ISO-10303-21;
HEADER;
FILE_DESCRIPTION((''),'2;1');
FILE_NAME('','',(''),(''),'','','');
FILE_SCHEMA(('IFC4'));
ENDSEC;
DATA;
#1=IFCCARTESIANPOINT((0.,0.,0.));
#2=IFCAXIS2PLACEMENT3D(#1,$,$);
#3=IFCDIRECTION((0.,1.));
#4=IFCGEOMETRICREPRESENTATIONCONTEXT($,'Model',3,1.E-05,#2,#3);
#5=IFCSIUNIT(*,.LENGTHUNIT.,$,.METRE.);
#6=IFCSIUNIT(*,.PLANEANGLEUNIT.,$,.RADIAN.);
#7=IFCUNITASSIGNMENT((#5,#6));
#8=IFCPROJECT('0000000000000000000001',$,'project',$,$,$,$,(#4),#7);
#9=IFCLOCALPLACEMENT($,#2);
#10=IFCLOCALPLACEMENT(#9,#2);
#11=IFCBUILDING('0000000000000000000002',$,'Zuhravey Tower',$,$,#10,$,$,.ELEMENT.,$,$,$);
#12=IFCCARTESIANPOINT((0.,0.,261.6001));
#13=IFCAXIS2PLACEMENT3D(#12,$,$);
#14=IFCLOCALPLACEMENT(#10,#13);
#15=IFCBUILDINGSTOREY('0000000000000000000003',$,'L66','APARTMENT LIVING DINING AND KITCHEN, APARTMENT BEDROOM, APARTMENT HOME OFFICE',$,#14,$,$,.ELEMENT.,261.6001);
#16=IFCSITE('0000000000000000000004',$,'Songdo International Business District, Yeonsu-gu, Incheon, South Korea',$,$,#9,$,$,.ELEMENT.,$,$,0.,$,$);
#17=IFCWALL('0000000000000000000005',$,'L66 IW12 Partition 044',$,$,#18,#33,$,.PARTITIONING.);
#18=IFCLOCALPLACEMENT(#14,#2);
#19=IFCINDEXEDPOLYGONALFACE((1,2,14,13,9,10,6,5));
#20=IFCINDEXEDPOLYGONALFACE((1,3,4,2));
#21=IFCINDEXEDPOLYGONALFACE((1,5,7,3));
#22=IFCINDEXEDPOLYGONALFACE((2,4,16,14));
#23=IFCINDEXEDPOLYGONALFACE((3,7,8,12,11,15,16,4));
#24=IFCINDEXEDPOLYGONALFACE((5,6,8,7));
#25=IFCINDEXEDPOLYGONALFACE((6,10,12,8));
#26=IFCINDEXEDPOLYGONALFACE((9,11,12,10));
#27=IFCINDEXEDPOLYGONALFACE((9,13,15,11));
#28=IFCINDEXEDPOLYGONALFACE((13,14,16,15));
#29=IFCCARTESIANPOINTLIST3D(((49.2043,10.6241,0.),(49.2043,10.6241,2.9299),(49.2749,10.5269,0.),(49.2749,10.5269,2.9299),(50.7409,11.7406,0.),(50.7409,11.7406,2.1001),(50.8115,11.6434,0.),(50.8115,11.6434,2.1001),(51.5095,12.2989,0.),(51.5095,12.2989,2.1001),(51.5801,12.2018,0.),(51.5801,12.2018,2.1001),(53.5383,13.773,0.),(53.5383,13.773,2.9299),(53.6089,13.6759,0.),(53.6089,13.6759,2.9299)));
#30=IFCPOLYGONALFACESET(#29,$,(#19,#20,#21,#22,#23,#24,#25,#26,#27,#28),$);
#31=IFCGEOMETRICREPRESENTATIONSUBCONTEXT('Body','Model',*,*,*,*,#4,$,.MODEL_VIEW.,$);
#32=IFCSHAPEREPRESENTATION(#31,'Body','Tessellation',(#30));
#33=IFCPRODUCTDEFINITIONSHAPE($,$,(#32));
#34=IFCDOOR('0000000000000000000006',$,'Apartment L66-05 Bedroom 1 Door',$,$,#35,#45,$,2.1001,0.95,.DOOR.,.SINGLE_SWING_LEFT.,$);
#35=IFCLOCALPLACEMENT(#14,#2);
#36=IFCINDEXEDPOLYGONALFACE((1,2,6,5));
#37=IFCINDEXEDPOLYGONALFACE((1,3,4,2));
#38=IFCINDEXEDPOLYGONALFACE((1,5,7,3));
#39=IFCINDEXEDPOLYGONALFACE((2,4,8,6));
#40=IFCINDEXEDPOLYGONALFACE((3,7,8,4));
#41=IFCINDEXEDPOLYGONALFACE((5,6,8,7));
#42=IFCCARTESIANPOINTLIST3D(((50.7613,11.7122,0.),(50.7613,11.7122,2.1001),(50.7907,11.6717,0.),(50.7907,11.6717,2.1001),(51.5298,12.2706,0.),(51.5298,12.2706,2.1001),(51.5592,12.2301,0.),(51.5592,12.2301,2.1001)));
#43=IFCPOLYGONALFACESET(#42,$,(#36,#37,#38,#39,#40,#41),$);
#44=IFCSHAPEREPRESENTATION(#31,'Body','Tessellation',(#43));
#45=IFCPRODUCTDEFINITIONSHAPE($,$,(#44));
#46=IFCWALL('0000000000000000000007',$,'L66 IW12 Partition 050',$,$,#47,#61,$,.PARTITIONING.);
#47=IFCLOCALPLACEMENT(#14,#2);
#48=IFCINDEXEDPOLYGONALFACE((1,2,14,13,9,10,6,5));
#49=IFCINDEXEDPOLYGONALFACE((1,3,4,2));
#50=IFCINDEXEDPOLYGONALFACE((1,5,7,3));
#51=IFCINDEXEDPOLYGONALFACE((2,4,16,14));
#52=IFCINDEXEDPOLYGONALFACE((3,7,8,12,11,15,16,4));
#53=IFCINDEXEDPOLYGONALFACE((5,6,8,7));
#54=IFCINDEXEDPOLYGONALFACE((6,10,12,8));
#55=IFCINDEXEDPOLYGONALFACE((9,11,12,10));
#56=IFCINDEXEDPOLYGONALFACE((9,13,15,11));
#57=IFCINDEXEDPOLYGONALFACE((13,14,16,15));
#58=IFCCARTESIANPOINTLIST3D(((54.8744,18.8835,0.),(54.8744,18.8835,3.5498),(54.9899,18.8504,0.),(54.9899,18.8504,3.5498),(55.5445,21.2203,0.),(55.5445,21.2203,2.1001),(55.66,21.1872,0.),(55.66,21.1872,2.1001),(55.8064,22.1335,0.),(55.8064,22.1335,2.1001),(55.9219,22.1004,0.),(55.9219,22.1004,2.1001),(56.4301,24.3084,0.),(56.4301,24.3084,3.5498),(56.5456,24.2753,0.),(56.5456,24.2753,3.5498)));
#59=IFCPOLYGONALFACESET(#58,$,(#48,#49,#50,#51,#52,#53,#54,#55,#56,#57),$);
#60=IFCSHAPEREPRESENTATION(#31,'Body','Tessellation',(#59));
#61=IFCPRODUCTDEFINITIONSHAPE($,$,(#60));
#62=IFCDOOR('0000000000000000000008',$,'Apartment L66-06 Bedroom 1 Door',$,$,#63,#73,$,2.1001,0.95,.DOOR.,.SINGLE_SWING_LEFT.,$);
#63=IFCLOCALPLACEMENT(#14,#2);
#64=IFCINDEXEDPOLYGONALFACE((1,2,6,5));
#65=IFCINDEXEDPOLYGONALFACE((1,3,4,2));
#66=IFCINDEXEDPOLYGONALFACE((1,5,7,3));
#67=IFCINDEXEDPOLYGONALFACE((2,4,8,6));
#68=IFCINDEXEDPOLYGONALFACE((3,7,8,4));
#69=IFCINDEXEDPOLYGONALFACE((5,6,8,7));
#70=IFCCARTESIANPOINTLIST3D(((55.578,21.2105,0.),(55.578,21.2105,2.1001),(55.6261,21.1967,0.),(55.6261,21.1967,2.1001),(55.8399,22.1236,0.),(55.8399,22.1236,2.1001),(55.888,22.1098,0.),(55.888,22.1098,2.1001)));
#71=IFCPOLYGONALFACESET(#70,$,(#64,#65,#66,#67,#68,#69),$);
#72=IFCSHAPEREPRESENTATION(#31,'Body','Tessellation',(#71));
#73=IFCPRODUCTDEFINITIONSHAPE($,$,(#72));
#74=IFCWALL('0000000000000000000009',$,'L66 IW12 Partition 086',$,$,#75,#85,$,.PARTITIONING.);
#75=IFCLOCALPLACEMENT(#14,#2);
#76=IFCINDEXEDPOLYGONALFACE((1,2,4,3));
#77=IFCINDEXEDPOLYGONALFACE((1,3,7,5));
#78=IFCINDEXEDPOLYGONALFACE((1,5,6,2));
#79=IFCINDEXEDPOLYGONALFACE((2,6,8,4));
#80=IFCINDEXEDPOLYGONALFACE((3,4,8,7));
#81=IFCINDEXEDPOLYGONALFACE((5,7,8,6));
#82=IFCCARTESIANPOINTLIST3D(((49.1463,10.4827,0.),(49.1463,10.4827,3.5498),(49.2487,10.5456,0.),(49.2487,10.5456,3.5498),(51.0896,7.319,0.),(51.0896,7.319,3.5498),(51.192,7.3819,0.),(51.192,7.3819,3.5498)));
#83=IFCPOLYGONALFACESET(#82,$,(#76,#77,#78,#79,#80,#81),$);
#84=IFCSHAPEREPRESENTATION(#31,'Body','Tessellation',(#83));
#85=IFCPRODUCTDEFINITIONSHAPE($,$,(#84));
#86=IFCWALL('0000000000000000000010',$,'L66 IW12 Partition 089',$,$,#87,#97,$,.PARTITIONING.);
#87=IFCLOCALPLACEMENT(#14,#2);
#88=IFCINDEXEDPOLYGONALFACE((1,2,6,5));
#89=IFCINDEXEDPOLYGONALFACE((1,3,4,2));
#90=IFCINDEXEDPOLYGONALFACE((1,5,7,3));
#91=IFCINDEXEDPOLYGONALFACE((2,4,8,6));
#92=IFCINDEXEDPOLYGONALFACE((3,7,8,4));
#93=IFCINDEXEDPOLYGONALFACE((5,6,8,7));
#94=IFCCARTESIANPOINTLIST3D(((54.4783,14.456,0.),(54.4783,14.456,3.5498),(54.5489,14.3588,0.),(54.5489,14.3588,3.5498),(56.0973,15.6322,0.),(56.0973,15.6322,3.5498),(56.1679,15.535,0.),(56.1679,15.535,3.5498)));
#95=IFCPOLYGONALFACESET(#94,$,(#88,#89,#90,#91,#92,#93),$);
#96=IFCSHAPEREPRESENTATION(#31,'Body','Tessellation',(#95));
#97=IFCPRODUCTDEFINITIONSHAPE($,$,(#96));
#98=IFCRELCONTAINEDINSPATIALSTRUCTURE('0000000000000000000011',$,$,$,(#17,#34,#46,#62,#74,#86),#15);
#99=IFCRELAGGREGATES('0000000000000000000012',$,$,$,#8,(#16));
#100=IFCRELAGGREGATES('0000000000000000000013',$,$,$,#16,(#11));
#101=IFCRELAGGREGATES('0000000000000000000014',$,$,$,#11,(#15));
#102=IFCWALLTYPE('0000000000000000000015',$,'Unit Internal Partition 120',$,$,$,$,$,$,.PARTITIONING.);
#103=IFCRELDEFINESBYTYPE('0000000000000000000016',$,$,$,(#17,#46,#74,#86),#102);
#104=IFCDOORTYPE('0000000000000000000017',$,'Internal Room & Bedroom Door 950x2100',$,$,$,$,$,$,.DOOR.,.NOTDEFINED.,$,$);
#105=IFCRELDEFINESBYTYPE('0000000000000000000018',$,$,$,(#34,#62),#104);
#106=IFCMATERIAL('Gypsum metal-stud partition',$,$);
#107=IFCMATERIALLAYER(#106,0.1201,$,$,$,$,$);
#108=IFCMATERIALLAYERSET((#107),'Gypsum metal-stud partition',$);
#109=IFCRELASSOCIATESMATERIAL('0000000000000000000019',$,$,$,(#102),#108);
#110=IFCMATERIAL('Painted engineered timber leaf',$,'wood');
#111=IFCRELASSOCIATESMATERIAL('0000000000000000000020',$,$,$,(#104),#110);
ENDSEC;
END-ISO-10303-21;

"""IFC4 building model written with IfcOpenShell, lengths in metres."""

from ifc_helpers import new_model, si_unit, direction, frame, frame_2d, origin, place, context, subcontext, project, spatial, rectangle, extrude, material, layer, layer_set, type_object, element, fill, save


model = new_model("IFC4")

# Units and contexts
model_context = context("Model", 3, precision=1e-05, world=origin(), true_north=direction((0.0, 1.0)))
body_context = subcontext(model_context, "Body", "Model", "MODEL_VIEW")
ifc_project = project(units=[si_unit("LENGTHUNIT", "METRE"), si_unit("PLANEANGLEUNIT", "RADIAN")], contexts=[model_context])

# Site, building, storey
site_placement = place(None, origin())
site = spatial("IfcSite", under=ifc_project, at=site_placement, Name="Songdo International Business District, Yeonsu-gu, Incheon, South Korea", CompositionType="ELEMENT", RefElevation=0.0)
building_placement = place(site_placement, origin())
building = spatial("IfcBuilding", under=site, at=building_placement, Name="Zuhravey Tower", CompositionType="ELEMENT")
storey_placement = place(building_placement, frame((0.0, 0.0, 261.6001)))
storey = spatial("IfcBuildingStorey", under=building, at=storey_placement, Name="L66", Description="APARTMENT LIVING DINING AND KITCHEN, APARTMENT BEDROOM, APARTMENT HOME OFFICE", CompositionType="ELEMENT", Elevation=261.6001)

# Walls, openings, doors
ifc_material_1 = material(Name="Gypsum metal-stud partition")
ifc_layer_1 = layer(ifc_material_1, 0.1201)
ifc_layer_set_1 = layer_set([ifc_layer_1], Name="Gypsum metal-stud partition")
wall_type_1 = type_object("IfcWallType", Name="Unit Internal Partition 120", PredefinedType="PARTITIONING", material=ifc_layer_set_1)
wall_1_placement = place(storey_placement, frame((49.2395, 10.5754, 0.0), z_axis=(0.0, 0.0, 1.0), x_axis=(0.809008, 0.587798, 0.0)))
wall_1 = element("IfcWall", 1, at=wall_1_placement, inside=storey, type_object=wall_type_1, Name="L66 IW12 Partition 044", PredefinedType="PARTITIONING", context=body_context, shape_type="SweptSolid", body=[
    extrude(rectangle(XDim=5.3572, YDim=0.1201, at=frame_2d((2.6787, 0.0))), origin(), (0.0, 0.0, 1.0), 2.9299),
])
opening_1_placement = place(wall_1_placement, frame((1.8994, 0.0, 0.0)))
opening_1 = element("IfcOpeningElement", 2, at=opening_1_placement, cuts=wall_1, PredefinedType="OPENING", context=body_context, shape_type="SweptSolid", body=[
    extrude(rectangle(XDim=0.95, YDim=2.1001, at=frame_2d((0.4751, 1.05))), frame((0.0, 0.072, 0.0), z_axis=(0.0, -1.0, 0.0), x_axis=(1.0, 0.0, 0.0)), (0.0, 0.0, 1.0), 0.144),
])
ifc_material_2 = material(Name="Painted engineered timber leaf", Category="wood")
door_type = type_object("IfcDoorType", Name="Internal Room & Bedroom Door 950x2100", OperationType="NOTDEFINED", PredefinedType="DOOR", material=ifc_material_2)
door_1_placement = place(opening_1_placement, frame((0.95, 0.0, 0.0), z_axis=(0.0, 0.0, 1.0), x_axis=(-1.0, 0.0, 0.0)))
door_1 = element("IfcDoor", 3, at=door_1_placement, inside=storey, type_object=door_type, Name="Apartment L66-05 Bedroom 1 Door", OperationType="SINGLE_SWING_LEFT", OverallHeight=2.1001, OverallWidth=0.95, PredefinedType="DOOR", context=body_context, shape_type="SweptSolid", body=[
    extrude(rectangle(XDim=0.95, YDim=2.1001, at=frame_2d((0.4751, 1.05))), frame((0.0, 0.0249, 0.0), z_axis=(0.0, -1.0, 0.0), x_axis=(1.0, 0.0, 0.0)), (0.0, 0.0, 1.0), 0.05),
])
fill(opening_1, door_1)
wall_2_placement = place(storey_placement, frame((54.9321, 18.8669, 0.0), z_axis=(0.0, 0.0, 1.0), x_axis=(0.275658, 0.961256, 0.0)))
wall_2 = element("IfcWall", 4, at=wall_2_placement, inside=storey, type_object=wall_type_1, Name="L66 IW12 Partition 050", PredefinedType="PARTITIONING", context=body_context, shape_type="SweptSolid", body=[
    extrude(rectangle(XDim=5.6436, YDim=0.1201, at=frame_2d((2.8218, 0.0))), origin(), (0.0, 0.0, 1.0), 3.5498),
])
opening_2_placement = place(wall_2_placement, frame((2.4309, 0.0, 0.0)))
opening_2 = element("IfcOpeningElement", 5, at=opening_2_placement, cuts=wall_2, PredefinedType="OPENING", context=body_context, shape_type="SweptSolid", body=[
    extrude(rectangle(XDim=0.95, YDim=2.1001, at=frame_2d((0.4751, 1.05))), frame((0.0, 0.072, 0.0), z_axis=(0.0, -1.0, 0.0), x_axis=(1.0, 0.0, 0.0)), (0.0, 0.0, 1.0), 0.144),
])
door_2_placement = place(opening_2_placement, frame((0.95, 0.0, 0.0), z_axis=(0.0, 0.0, 1.0), x_axis=(-1.0, 0.0, 0.0)))
door_2 = element("IfcDoor", 6, at=door_2_placement, inside=storey, type_object=door_type, Name="Apartment L66-06 Bedroom 1 Door", OperationType="SINGLE_SWING_LEFT", OverallHeight=2.1001, OverallWidth=0.95, PredefinedType="DOOR", context=body_context, shape_type="SweptSolid", body=[
    extrude(rectangle(XDim=0.95, YDim=2.1001, at=frame_2d((0.4751, 1.05))), frame((0.0, 0.0249, 0.0), z_axis=(0.0, -1.0, 0.0), x_axis=(1.0, 0.0, 0.0)), (0.0, 0.0, 1.0), 0.05),
])
fill(opening_2, door_2)

# Walls
wall_3_placement = place(storey_placement, frame((49.1975, 10.5142, 0.0), z_axis=(0.0, 0.0, 1.0), x_axis=(0.523393, -0.852091, 0.0)))
element("IfcWall", 7, at=wall_3_placement, inside=storey, type_object=wall_type_1, Name="L66 IW12 Partition 086", PredefinedType="PARTITIONING", context=body_context, shape_type="SweptSolid", body=[
    extrude(rectangle(XDim=3.7129, YDim=0.1201, at=frame_2d((1.8564, 0.0))), origin(), (0.0, 0.0, 1.0), 3.5498),
])
wall_4_placement = place(storey_placement, frame((54.5137, 14.4075, 0.0), z_axis=(0.0, 0.0, 1.0), x_axis=(0.809042, 0.587751, 0.0)))
element("IfcWall", 8, at=wall_4_placement, inside=storey, type_object=wall_type_1, Name="L66 IW12 Partition 089", PredefinedType="PARTITIONING", context=body_context, shape_type="SweptSolid", body=[
    extrude(rectangle(XDim=2.0012, YDim=0.1201, at=frame_2d((1.0005, 0.0))), origin(), (0.0, 0.0, 1.0), 3.5498),
])

save(model, "model.ifc")
